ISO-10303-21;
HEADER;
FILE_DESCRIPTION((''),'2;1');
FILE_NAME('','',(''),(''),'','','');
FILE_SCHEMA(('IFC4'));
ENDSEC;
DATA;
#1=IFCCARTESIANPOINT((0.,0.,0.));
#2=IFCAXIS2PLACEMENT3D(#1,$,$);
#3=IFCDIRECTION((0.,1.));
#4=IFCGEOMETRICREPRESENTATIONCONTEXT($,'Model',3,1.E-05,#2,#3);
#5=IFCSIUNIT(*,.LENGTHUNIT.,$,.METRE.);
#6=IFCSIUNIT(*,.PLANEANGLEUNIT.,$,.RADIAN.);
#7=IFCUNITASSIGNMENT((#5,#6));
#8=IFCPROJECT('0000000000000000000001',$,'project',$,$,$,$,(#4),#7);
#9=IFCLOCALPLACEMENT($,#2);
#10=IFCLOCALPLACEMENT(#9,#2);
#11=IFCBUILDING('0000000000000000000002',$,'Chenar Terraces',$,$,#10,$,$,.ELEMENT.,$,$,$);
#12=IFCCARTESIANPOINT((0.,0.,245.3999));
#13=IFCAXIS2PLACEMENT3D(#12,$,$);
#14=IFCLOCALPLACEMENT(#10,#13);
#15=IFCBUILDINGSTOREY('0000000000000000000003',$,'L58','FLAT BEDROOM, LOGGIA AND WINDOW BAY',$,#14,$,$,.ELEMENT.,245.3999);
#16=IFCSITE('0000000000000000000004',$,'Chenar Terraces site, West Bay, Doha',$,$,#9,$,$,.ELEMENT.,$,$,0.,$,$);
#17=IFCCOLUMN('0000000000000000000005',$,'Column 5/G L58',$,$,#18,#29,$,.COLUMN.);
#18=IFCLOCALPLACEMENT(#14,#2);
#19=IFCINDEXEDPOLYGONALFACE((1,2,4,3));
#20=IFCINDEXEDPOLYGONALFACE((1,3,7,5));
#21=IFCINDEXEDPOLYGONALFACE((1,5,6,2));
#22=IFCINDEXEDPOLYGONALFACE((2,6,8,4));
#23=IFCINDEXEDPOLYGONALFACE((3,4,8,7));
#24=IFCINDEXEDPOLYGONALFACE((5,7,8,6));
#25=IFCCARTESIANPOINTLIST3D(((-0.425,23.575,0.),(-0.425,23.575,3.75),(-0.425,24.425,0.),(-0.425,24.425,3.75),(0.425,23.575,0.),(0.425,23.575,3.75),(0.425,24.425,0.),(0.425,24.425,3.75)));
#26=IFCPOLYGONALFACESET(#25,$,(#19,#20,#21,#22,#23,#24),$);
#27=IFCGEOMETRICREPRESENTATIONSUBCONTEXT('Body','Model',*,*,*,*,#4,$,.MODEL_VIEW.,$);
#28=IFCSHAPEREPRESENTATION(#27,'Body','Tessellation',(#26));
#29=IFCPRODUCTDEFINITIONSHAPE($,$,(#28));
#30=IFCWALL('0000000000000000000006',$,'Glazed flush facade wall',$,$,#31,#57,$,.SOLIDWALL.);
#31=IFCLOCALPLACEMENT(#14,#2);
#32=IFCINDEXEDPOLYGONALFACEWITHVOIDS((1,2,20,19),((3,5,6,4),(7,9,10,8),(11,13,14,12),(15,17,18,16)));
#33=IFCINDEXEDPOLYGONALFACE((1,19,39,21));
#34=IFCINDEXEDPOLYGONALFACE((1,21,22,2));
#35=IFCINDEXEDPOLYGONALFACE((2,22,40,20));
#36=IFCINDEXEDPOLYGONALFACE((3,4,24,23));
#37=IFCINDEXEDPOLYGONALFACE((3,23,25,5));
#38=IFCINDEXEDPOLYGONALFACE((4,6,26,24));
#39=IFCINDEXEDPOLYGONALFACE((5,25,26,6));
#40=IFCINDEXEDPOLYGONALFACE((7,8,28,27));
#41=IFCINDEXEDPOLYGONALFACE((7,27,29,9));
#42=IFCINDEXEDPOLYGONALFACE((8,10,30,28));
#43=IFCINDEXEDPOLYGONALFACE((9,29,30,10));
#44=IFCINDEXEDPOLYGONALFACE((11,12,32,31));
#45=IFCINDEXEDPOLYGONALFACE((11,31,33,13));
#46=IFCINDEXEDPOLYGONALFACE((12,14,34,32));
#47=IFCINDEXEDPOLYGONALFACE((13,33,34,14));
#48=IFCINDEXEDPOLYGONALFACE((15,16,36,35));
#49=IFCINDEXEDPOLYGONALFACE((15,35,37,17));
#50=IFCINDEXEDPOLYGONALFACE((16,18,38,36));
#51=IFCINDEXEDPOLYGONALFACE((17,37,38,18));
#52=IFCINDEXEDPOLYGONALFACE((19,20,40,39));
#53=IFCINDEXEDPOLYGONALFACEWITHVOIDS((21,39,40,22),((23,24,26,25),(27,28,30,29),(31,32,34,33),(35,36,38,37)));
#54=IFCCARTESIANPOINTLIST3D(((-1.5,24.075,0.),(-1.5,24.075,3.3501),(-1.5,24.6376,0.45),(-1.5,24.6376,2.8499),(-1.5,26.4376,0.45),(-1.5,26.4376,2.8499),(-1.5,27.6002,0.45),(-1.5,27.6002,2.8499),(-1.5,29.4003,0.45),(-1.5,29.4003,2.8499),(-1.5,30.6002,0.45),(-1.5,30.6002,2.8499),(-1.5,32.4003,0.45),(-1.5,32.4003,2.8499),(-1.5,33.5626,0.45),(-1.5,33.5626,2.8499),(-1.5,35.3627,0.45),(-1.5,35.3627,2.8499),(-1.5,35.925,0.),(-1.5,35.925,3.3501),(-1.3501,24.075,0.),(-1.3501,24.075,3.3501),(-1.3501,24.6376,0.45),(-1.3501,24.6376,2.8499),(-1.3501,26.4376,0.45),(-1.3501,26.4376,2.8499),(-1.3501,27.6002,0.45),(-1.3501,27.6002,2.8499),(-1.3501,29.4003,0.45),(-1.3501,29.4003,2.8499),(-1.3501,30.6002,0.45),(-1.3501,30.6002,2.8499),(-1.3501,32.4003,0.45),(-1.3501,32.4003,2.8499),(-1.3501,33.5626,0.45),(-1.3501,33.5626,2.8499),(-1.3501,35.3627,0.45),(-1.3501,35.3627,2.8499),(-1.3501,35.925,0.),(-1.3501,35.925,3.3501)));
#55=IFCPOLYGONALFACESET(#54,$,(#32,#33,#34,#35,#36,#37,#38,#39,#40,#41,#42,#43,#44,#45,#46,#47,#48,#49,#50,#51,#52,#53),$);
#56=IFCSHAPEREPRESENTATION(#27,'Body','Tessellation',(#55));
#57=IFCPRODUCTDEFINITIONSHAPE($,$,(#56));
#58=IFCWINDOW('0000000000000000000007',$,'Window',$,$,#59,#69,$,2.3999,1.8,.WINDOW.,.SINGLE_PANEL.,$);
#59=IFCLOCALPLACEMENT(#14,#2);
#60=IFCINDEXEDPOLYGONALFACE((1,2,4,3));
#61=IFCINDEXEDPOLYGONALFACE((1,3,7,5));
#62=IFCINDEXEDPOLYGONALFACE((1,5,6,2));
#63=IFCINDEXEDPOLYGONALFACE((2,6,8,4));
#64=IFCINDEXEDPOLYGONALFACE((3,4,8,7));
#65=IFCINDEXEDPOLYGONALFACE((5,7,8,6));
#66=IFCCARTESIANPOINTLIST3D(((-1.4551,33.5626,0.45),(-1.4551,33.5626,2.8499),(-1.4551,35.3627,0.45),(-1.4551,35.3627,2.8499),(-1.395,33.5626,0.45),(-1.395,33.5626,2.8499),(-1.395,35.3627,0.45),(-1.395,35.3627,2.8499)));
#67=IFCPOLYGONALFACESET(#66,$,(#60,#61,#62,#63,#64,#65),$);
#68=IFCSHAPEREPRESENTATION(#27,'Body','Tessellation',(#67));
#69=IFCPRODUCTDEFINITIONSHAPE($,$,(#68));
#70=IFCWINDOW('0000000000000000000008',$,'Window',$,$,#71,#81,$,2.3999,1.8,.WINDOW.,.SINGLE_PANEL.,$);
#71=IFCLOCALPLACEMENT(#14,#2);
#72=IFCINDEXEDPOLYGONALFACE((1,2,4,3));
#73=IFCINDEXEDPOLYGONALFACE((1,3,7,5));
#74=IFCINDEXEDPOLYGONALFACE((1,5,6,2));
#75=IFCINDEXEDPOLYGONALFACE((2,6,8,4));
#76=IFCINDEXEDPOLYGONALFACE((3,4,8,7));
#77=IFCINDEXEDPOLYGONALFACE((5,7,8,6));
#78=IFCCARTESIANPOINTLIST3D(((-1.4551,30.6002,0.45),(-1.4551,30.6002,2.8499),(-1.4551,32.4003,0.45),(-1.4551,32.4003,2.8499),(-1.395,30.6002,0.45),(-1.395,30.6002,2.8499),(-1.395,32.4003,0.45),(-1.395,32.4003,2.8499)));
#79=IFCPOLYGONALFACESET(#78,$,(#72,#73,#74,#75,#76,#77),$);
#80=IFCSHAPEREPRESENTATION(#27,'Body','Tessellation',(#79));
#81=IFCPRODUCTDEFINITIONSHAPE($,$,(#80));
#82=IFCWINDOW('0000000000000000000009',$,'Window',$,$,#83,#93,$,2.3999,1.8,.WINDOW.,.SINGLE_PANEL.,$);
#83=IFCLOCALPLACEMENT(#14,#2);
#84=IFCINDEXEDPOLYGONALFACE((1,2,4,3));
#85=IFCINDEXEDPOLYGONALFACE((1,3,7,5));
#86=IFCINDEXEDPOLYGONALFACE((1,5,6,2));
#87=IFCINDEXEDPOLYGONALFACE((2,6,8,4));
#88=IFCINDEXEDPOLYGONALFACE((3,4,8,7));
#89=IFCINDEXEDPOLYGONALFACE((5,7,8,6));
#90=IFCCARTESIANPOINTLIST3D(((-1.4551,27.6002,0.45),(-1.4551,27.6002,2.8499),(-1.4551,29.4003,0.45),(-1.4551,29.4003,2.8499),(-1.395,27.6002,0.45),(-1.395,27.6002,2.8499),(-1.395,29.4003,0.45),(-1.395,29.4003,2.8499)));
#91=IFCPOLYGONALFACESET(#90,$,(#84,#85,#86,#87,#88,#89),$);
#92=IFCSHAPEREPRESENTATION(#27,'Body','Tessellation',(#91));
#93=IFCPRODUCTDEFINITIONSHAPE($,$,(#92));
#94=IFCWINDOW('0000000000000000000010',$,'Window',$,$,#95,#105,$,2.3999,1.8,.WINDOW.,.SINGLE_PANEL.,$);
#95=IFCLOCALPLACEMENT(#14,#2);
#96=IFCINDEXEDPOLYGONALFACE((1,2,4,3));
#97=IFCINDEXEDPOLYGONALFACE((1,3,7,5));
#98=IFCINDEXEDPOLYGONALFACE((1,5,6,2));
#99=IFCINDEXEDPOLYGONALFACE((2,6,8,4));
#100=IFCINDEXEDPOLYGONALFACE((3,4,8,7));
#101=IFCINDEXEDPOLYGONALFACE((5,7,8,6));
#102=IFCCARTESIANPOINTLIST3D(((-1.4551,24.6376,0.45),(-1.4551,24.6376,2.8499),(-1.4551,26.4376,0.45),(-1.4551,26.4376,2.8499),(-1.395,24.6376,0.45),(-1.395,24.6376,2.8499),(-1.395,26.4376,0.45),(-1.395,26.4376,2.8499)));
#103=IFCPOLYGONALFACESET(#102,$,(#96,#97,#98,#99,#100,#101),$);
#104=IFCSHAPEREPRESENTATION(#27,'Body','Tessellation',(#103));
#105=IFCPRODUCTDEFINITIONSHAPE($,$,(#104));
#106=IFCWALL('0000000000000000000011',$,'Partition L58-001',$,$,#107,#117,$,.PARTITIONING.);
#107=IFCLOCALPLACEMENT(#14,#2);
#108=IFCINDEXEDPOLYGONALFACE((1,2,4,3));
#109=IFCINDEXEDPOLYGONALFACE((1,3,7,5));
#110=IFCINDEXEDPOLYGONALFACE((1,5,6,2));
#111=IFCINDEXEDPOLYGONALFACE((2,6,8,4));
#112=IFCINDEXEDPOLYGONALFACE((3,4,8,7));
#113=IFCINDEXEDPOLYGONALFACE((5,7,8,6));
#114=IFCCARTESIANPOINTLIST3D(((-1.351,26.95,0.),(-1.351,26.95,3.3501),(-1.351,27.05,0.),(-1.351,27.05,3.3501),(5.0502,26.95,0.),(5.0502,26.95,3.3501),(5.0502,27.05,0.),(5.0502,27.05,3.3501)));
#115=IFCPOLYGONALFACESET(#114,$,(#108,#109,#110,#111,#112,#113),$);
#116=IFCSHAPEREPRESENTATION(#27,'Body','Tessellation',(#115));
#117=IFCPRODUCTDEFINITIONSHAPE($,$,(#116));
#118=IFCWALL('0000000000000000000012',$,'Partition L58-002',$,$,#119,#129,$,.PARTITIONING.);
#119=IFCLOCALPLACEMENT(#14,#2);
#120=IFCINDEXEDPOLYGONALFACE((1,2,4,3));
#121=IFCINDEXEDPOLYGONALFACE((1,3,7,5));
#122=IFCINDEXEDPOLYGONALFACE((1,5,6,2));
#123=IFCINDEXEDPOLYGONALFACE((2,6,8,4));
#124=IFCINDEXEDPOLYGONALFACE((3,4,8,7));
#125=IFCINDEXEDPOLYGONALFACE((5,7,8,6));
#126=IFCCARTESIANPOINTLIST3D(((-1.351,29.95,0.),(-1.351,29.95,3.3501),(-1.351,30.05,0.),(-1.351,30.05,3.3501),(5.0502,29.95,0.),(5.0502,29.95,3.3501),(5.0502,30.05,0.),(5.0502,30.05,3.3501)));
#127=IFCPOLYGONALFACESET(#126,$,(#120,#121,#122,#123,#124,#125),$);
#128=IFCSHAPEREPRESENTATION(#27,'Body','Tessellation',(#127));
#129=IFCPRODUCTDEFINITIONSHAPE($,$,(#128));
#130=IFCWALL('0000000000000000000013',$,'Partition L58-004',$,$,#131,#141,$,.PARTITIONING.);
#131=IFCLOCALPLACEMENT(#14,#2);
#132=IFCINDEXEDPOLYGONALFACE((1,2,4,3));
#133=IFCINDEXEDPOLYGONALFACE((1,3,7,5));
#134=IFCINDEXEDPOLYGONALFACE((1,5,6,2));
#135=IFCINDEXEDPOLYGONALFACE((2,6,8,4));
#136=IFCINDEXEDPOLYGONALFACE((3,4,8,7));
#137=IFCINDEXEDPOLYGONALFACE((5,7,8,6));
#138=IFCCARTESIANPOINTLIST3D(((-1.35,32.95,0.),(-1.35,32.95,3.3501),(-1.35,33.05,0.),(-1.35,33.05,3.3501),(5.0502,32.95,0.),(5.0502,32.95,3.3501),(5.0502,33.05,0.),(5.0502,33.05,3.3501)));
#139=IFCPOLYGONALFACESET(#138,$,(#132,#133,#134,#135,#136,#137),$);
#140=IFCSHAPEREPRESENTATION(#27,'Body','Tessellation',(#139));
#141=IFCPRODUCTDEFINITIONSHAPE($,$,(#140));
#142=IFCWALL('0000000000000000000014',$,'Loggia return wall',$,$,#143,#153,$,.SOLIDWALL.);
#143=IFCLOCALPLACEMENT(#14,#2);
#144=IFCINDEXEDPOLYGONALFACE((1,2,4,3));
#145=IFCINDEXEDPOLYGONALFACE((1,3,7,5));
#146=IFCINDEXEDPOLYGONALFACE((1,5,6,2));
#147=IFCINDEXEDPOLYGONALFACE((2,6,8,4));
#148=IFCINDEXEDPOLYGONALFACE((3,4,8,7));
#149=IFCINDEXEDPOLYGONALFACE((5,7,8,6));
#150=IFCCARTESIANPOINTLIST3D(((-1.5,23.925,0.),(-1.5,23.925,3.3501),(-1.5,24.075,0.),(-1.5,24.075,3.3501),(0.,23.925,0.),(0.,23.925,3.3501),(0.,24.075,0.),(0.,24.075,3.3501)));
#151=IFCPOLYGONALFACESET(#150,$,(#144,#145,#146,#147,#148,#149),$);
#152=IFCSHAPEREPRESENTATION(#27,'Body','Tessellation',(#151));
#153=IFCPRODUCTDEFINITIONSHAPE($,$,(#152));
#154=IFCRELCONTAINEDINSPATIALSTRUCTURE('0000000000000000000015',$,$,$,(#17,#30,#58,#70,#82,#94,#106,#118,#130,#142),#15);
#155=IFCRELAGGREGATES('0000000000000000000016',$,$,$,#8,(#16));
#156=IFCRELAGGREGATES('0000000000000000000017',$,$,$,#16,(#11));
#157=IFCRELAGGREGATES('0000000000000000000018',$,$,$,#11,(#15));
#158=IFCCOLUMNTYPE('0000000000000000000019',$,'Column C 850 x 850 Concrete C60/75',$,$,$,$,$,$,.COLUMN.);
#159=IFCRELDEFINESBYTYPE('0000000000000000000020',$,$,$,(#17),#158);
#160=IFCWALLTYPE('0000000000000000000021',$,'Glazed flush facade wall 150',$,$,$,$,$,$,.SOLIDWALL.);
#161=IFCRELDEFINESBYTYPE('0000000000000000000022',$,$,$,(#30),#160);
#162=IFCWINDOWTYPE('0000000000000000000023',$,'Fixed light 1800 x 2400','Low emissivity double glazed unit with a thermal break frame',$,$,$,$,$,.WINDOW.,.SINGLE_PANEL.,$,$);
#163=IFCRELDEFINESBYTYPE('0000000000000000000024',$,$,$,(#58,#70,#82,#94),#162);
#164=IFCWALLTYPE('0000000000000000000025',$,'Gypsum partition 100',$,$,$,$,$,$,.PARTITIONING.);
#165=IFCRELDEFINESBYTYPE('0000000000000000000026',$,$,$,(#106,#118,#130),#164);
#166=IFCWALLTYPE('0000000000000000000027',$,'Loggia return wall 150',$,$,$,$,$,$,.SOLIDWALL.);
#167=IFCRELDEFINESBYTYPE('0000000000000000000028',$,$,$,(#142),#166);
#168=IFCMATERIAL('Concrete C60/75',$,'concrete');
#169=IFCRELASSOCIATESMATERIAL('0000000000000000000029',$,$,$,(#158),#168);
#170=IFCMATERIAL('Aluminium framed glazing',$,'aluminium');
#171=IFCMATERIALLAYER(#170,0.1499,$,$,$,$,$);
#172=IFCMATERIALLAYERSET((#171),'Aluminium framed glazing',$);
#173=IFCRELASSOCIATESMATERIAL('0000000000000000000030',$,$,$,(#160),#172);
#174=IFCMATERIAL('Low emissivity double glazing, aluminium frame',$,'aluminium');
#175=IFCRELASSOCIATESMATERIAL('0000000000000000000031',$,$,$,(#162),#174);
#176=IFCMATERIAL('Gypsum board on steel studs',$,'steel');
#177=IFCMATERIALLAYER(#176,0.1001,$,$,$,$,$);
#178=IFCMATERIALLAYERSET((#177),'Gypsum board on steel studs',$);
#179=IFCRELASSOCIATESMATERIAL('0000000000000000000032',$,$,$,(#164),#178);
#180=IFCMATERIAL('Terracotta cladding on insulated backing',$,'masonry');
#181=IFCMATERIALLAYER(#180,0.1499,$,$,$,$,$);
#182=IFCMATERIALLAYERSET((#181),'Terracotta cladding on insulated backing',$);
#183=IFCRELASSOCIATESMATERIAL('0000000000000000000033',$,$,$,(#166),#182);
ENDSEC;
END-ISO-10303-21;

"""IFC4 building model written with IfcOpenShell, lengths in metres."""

from ifc_helpers import new_model, si_unit, direction, frame, frame_2d, origin, origin_2d, place, context, subcontext, project, spatial, rectangle, extrude, material, layer, layer_set, material_profile, profile_set, type_object, element, fill, save


model = new_model("IFC4")

# Units and contexts
model_context = context("Model", 3, precision=1e-05, world=origin(), true_north=direction((0.0, 1.0)))
body_context = subcontext(model_context, "Body", "Model", "MODEL_VIEW")
ifc_project = project(units=[si_unit("LENGTHUNIT", "METRE"), si_unit("PLANEANGLEUNIT", "RADIAN")], contexts=[model_context])

# Site, building, storey
site_placement = place(None, origin())
site = spatial("IfcSite", under=ifc_project, at=site_placement, Name="Chenar Terraces site, West Bay, Doha", CompositionType="ELEMENT", RefElevation=0.0)
building_placement = place(site_placement, origin())
building = spatial("IfcBuilding", under=site, at=building_placement, Name="Chenar Terraces", CompositionType="ELEMENT")
storey_placement = place(building_placement, frame((0.0, 0.0, 245.3999)))
storey = spatial("IfcBuildingStorey", under=building, at=storey_placement, Name="L58", Description="FLAT BEDROOM, LOGGIA AND WINDOW BAY", CompositionType="ELEMENT", Elevation=245.3999)

# Column
ifc_material_1 = material(Name="Concrete C60/75", Category="concrete")
ifc_material_profile_1 = material_profile(ifc_material_1, rectangle(XDim=0.8501, YDim=0.8501, at=origin_2d()), Name="C 850 x 850")
ifc_profile_set_1 = profile_set([ifc_material_profile_1], Name="Concrete C60/75")
column_type = type_object("IfcColumnType", Name="Column C 850 x 850 Concrete C60/75", PredefinedType="COLUMN", material=ifc_profile_set_1)
column_placement = place(storey_placement, frame((0.0, 24.0, 0.0), z_axis=(0.0, 0.0, 1.0), x_axis=(1.0, 0.0, 0.0)))
element("IfcColumn", 1, at=column_placement, inside=storey, type_object=column_type, Name="Column 5/G L58", PredefinedType="COLUMN", context=body_context, shape_type="SweptSolid", body=[
    extrude(rectangle(XDim=0.8501, YDim=0.8501, at=origin_2d()), origin(), (0.0, 0.0, 1.0), 3.75),
])

# Wall, openings, windows
ifc_material_2 = material(Name="Aluminium framed glazing", Category="aluminium")
ifc_layer_1 = layer(ifc_material_2, 0.1499)
ifc_layer_set_1 = layer_set([ifc_layer_1], Name="Aluminium framed glazing")
wall_type_1 = type_object("IfcWallType", Name="Glazed flush facade wall 150", PredefinedType="SOLIDWALL", material=ifc_layer_set_1)
wall_1_placement = place(storey_placement, frame((-1.425, 35.925, 0.0), z_axis=(0.0, 0.0, 1.0), x_axis=(0.0, -1.0, 0.0)))
wall_1 = element("IfcWall", 2, at=wall_1_placement, inside=storey, type_object=wall_type_1, Name="Glazed flush facade wall", PredefinedType="SOLIDWALL", context=body_context, shape_type="SweptSolid", body=[
    extrude(rectangle(XDim=11.8501, YDim=0.1499, at=frame_2d((5.925, 0.0))), origin(), (0.0, 0.0, 1.0), 3.3501),
])
opening_1_placement = place(wall_1_placement, frame((0.5625, 0.0, 0.45)))
opening_1 = element("IfcOpeningElement", 3, at=opening_1_placement, cuts=wall_1, PredefinedType="OPENING", context=body_context, shape_type="SweptSolid", body=[
    extrude(rectangle(XDim=1.8, YDim=2.3999, at=frame_2d((0.8999, 1.2))), frame((0.0, 0.085, 0.0), z_axis=(0.0, -1.0, 0.0), x_axis=(1.0, 0.0, 0.0)), (0.0, 0.0, 1.0), 0.1699),
])
opening_2_placement = place(wall_1_placement, frame((3.5249, 0.0, 0.45)))
opening_2 = element("IfcOpeningElement", 4, at=opening_2_placement, cuts=wall_1, PredefinedType="OPENING", context=body_context, shape_type="SweptSolid", body=[
    extrude(rectangle(XDim=1.8, YDim=2.3999, at=frame_2d((0.8999, 1.2))), frame((0.0, 0.085, 0.0), z_axis=(0.0, -1.0, 0.0), x_axis=(1.0, 0.0, 0.0)), (0.0, 0.0, 1.0), 0.1699),
])
opening_3_placement = place(wall_1_placement, frame((6.5249, 0.0, 0.45)))
opening_3 = element("IfcOpeningElement", 5, at=opening_3_placement, cuts=wall_1, PredefinedType="OPENING", context=body_context, shape_type="SweptSolid", body=[
    extrude(rectangle(XDim=1.8, YDim=2.3999, at=frame_2d((0.8999, 1.2))), frame((0.0, 0.085, 0.0), z_axis=(0.0, -1.0, 0.0), x_axis=(1.0, 0.0, 0.0)), (0.0, 0.0, 1.0), 0.1699),
])
opening_4_placement = place(wall_1_placement, frame((9.4875, 0.0, 0.45)))
opening_4 = element("IfcOpeningElement", 6, at=opening_4_placement, cuts=wall_1, PredefinedType="OPENING", context=body_context, shape_type="SweptSolid", body=[
    extrude(rectangle(XDim=1.8, YDim=2.3999, at=frame_2d((0.8999, 1.2))), frame((0.0, 0.085, 0.0), z_axis=(0.0, -1.0, 0.0), x_axis=(1.0, 0.0, 0.0)), (0.0, 0.0, 1.0), 0.1699),
])
ifc_material_3 = material(Name="Low emissivity double glazing, aluminium frame", Category="aluminium")
window_type = type_object("IfcWindowType", Name="Fixed light 1800 x 2400", Description="Low emissivity double glazed unit with a thermal break frame", PartitioningType="SINGLE_PANEL", PredefinedType="WINDOW", material=ifc_material_3)
window_1_placement = place(opening_1_placement, origin())
window_1 = element("IfcWindow", 7, at=window_1_placement, inside=storey, type_object=window_type, Name="Window", OverallHeight=2.3999, OverallWidth=1.8, PartitioningType="SINGLE_PANEL", PredefinedType="WINDOW", context=body_context, shape_type="SweptSolid", body=[
    extrude(rectangle(XDim=1.8, YDim=2.3999, at=frame_2d((0.8999, 1.2))), frame((0.0, 0.03, 0.0), z_axis=(0.0, -1.0, 0.0), x_axis=(1.0, 0.0, 0.0)), (0.0, 0.0, 1.0), 0.0601),
])
fill(opening_1, window_1)
window_2_placement = place(opening_2_placement, origin())
window_2 = element("IfcWindow", 8, at=window_2_placement, inside=storey, type_object=window_type, Name="Window", OverallHeight=2.3999, OverallWidth=1.8, PartitioningType="SINGLE_PANEL", PredefinedType="WINDOW", context=body_context, shape_type="SweptSolid", body=[
    extrude(rectangle(XDim=1.8, YDim=2.3999, at=frame_2d((0.8999, 1.2))), frame((0.0, 0.03, 0.0), z_axis=(0.0, -1.0, 0.0), x_axis=(1.0, 0.0, 0.0)), (0.0, 0.0, 1.0), 0.0601),
])
fill(opening_2, window_2)
window_3_placement = place(opening_3_placement, origin())
window_3 = element("IfcWindow", 9, at=window_3_placement, inside=storey, type_object=window_type, Name="Window", OverallHeight=2.3999, OverallWidth=1.8, PartitioningType="SINGLE_PANEL", PredefinedType="WINDOW", context=body_context, shape_type="SweptSolid", body=[
    extrude(rectangle(XDim=1.8, YDim=2.3999, at=frame_2d((0.8999, 1.2))), frame((0.0, 0.03, 0.0), z_axis=(0.0, -1.0, 0.0), x_axis=(1.0, 0.0, 0.0)), (0.0, 0.0, 1.0), 0.0601),
])
fill(opening_3, window_3)
window_4_placement = place(opening_4_placement, origin())
window_4 = element("IfcWindow", 10, at=window_4_placement, inside=storey, type_object=window_type, Name="Window", OverallHeight=2.3999, OverallWidth=1.8, PartitioningType="SINGLE_PANEL", PredefinedType="WINDOW", context=body_context, shape_type="SweptSolid", body=[
    extrude(rectangle(XDim=1.8, YDim=2.3999, at=frame_2d((0.8999, 1.2))), frame((0.0, 0.03, 0.0), z_axis=(0.0, -1.0, 0.0), x_axis=(1.0, 0.0, 0.0)), (0.0, 0.0, 1.0), 0.0601),
])
fill(opening_4, window_4)

# Walls
ifc_material_4 = material(Name="Gypsum board on steel studs", Category="steel")
ifc_layer_2 = layer(ifc_material_4, 0.1001)
ifc_layer_set_2 = layer_set([ifc_layer_2], Name="Gypsum board on steel studs")
wall_type_2 = type_object("IfcWallType", Name="Gypsum partition 100", PredefinedType="PARTITIONING", material=ifc_layer_set_2)
for number, where, z_axis, x_axis, name in (
    (11, (-1.3511, 27.0, 0.0), (0.0, 0.0, 1.0), (1.0, 0.0, 0.0), "Partition L58-001"),
    (12, (-1.3511, 30.0, 0.0), (0.0, 0.0, 1.0), (1.0, 0.0, 0.0), "Partition L58-002"),
):
    element("IfcWall", number, at=place(storey_placement, frame(where, z_axis=z_axis, x_axis=x_axis)), inside=storey, type_object=wall_type_2, Name=name, PredefinedType="PARTITIONING", context=body_context, shape_type="SweptSolid", body=[
        extrude(rectangle(XDim=6.4011, YDim=0.1001, at=frame_2d((3.2007, 0.0))), origin(), (0.0, 0.0, 1.0), 3.3501),
    ])
wall_2_placement = place(storey_placement, frame((-1.3501, 33.0, 0.0), z_axis=(0.0, 0.0, 1.0), x_axis=(1.0, 0.0, 0.0)))
element("IfcWall", 13, at=wall_2_placement, inside=storey, type_object=wall_type_2, Name="Partition L58-004", PredefinedType="PARTITIONING", context=body_context, shape_type="SweptSolid", body=[
    extrude(rectangle(XDim=6.4001, YDim=0.1001, at=frame_2d((3.2002, 0.0))), origin(), (0.0, 0.0, 1.0), 3.3501),
])
ifc_material_5 = material(Name="Terracotta cladding on insulated backing", Category="masonry")
ifc_layer_3 = layer(ifc_material_5, 0.1499)
ifc_layer_set_3 = layer_set([ifc_layer_3], Name="Terracotta cladding on insulated backing")
wall_type_3 = type_object("IfcWallType", Name="Loggia return wall 150", PredefinedType="SOLIDWALL", material=ifc_layer_set_3)
wall_3_placement = place(storey_placement, frame((-1.5, 24.0, 0.0), z_axis=(0.0, 0.0, 1.0), x_axis=(1.0, 0.0, 0.0)))
element("IfcWall", 14, at=wall_3_placement, inside=storey, type_object=wall_type_3, Name="Loggia return wall", PredefinedType="SOLIDWALL", context=body_context, shape_type="SweptSolid", body=[
    extrude(rectangle(XDim=1.5, YDim=0.1499, at=frame_2d((0.75, 0.0))), origin(), (0.0, 0.0, 1.0), 3.3501),
])

save(model, "model.ifc")
